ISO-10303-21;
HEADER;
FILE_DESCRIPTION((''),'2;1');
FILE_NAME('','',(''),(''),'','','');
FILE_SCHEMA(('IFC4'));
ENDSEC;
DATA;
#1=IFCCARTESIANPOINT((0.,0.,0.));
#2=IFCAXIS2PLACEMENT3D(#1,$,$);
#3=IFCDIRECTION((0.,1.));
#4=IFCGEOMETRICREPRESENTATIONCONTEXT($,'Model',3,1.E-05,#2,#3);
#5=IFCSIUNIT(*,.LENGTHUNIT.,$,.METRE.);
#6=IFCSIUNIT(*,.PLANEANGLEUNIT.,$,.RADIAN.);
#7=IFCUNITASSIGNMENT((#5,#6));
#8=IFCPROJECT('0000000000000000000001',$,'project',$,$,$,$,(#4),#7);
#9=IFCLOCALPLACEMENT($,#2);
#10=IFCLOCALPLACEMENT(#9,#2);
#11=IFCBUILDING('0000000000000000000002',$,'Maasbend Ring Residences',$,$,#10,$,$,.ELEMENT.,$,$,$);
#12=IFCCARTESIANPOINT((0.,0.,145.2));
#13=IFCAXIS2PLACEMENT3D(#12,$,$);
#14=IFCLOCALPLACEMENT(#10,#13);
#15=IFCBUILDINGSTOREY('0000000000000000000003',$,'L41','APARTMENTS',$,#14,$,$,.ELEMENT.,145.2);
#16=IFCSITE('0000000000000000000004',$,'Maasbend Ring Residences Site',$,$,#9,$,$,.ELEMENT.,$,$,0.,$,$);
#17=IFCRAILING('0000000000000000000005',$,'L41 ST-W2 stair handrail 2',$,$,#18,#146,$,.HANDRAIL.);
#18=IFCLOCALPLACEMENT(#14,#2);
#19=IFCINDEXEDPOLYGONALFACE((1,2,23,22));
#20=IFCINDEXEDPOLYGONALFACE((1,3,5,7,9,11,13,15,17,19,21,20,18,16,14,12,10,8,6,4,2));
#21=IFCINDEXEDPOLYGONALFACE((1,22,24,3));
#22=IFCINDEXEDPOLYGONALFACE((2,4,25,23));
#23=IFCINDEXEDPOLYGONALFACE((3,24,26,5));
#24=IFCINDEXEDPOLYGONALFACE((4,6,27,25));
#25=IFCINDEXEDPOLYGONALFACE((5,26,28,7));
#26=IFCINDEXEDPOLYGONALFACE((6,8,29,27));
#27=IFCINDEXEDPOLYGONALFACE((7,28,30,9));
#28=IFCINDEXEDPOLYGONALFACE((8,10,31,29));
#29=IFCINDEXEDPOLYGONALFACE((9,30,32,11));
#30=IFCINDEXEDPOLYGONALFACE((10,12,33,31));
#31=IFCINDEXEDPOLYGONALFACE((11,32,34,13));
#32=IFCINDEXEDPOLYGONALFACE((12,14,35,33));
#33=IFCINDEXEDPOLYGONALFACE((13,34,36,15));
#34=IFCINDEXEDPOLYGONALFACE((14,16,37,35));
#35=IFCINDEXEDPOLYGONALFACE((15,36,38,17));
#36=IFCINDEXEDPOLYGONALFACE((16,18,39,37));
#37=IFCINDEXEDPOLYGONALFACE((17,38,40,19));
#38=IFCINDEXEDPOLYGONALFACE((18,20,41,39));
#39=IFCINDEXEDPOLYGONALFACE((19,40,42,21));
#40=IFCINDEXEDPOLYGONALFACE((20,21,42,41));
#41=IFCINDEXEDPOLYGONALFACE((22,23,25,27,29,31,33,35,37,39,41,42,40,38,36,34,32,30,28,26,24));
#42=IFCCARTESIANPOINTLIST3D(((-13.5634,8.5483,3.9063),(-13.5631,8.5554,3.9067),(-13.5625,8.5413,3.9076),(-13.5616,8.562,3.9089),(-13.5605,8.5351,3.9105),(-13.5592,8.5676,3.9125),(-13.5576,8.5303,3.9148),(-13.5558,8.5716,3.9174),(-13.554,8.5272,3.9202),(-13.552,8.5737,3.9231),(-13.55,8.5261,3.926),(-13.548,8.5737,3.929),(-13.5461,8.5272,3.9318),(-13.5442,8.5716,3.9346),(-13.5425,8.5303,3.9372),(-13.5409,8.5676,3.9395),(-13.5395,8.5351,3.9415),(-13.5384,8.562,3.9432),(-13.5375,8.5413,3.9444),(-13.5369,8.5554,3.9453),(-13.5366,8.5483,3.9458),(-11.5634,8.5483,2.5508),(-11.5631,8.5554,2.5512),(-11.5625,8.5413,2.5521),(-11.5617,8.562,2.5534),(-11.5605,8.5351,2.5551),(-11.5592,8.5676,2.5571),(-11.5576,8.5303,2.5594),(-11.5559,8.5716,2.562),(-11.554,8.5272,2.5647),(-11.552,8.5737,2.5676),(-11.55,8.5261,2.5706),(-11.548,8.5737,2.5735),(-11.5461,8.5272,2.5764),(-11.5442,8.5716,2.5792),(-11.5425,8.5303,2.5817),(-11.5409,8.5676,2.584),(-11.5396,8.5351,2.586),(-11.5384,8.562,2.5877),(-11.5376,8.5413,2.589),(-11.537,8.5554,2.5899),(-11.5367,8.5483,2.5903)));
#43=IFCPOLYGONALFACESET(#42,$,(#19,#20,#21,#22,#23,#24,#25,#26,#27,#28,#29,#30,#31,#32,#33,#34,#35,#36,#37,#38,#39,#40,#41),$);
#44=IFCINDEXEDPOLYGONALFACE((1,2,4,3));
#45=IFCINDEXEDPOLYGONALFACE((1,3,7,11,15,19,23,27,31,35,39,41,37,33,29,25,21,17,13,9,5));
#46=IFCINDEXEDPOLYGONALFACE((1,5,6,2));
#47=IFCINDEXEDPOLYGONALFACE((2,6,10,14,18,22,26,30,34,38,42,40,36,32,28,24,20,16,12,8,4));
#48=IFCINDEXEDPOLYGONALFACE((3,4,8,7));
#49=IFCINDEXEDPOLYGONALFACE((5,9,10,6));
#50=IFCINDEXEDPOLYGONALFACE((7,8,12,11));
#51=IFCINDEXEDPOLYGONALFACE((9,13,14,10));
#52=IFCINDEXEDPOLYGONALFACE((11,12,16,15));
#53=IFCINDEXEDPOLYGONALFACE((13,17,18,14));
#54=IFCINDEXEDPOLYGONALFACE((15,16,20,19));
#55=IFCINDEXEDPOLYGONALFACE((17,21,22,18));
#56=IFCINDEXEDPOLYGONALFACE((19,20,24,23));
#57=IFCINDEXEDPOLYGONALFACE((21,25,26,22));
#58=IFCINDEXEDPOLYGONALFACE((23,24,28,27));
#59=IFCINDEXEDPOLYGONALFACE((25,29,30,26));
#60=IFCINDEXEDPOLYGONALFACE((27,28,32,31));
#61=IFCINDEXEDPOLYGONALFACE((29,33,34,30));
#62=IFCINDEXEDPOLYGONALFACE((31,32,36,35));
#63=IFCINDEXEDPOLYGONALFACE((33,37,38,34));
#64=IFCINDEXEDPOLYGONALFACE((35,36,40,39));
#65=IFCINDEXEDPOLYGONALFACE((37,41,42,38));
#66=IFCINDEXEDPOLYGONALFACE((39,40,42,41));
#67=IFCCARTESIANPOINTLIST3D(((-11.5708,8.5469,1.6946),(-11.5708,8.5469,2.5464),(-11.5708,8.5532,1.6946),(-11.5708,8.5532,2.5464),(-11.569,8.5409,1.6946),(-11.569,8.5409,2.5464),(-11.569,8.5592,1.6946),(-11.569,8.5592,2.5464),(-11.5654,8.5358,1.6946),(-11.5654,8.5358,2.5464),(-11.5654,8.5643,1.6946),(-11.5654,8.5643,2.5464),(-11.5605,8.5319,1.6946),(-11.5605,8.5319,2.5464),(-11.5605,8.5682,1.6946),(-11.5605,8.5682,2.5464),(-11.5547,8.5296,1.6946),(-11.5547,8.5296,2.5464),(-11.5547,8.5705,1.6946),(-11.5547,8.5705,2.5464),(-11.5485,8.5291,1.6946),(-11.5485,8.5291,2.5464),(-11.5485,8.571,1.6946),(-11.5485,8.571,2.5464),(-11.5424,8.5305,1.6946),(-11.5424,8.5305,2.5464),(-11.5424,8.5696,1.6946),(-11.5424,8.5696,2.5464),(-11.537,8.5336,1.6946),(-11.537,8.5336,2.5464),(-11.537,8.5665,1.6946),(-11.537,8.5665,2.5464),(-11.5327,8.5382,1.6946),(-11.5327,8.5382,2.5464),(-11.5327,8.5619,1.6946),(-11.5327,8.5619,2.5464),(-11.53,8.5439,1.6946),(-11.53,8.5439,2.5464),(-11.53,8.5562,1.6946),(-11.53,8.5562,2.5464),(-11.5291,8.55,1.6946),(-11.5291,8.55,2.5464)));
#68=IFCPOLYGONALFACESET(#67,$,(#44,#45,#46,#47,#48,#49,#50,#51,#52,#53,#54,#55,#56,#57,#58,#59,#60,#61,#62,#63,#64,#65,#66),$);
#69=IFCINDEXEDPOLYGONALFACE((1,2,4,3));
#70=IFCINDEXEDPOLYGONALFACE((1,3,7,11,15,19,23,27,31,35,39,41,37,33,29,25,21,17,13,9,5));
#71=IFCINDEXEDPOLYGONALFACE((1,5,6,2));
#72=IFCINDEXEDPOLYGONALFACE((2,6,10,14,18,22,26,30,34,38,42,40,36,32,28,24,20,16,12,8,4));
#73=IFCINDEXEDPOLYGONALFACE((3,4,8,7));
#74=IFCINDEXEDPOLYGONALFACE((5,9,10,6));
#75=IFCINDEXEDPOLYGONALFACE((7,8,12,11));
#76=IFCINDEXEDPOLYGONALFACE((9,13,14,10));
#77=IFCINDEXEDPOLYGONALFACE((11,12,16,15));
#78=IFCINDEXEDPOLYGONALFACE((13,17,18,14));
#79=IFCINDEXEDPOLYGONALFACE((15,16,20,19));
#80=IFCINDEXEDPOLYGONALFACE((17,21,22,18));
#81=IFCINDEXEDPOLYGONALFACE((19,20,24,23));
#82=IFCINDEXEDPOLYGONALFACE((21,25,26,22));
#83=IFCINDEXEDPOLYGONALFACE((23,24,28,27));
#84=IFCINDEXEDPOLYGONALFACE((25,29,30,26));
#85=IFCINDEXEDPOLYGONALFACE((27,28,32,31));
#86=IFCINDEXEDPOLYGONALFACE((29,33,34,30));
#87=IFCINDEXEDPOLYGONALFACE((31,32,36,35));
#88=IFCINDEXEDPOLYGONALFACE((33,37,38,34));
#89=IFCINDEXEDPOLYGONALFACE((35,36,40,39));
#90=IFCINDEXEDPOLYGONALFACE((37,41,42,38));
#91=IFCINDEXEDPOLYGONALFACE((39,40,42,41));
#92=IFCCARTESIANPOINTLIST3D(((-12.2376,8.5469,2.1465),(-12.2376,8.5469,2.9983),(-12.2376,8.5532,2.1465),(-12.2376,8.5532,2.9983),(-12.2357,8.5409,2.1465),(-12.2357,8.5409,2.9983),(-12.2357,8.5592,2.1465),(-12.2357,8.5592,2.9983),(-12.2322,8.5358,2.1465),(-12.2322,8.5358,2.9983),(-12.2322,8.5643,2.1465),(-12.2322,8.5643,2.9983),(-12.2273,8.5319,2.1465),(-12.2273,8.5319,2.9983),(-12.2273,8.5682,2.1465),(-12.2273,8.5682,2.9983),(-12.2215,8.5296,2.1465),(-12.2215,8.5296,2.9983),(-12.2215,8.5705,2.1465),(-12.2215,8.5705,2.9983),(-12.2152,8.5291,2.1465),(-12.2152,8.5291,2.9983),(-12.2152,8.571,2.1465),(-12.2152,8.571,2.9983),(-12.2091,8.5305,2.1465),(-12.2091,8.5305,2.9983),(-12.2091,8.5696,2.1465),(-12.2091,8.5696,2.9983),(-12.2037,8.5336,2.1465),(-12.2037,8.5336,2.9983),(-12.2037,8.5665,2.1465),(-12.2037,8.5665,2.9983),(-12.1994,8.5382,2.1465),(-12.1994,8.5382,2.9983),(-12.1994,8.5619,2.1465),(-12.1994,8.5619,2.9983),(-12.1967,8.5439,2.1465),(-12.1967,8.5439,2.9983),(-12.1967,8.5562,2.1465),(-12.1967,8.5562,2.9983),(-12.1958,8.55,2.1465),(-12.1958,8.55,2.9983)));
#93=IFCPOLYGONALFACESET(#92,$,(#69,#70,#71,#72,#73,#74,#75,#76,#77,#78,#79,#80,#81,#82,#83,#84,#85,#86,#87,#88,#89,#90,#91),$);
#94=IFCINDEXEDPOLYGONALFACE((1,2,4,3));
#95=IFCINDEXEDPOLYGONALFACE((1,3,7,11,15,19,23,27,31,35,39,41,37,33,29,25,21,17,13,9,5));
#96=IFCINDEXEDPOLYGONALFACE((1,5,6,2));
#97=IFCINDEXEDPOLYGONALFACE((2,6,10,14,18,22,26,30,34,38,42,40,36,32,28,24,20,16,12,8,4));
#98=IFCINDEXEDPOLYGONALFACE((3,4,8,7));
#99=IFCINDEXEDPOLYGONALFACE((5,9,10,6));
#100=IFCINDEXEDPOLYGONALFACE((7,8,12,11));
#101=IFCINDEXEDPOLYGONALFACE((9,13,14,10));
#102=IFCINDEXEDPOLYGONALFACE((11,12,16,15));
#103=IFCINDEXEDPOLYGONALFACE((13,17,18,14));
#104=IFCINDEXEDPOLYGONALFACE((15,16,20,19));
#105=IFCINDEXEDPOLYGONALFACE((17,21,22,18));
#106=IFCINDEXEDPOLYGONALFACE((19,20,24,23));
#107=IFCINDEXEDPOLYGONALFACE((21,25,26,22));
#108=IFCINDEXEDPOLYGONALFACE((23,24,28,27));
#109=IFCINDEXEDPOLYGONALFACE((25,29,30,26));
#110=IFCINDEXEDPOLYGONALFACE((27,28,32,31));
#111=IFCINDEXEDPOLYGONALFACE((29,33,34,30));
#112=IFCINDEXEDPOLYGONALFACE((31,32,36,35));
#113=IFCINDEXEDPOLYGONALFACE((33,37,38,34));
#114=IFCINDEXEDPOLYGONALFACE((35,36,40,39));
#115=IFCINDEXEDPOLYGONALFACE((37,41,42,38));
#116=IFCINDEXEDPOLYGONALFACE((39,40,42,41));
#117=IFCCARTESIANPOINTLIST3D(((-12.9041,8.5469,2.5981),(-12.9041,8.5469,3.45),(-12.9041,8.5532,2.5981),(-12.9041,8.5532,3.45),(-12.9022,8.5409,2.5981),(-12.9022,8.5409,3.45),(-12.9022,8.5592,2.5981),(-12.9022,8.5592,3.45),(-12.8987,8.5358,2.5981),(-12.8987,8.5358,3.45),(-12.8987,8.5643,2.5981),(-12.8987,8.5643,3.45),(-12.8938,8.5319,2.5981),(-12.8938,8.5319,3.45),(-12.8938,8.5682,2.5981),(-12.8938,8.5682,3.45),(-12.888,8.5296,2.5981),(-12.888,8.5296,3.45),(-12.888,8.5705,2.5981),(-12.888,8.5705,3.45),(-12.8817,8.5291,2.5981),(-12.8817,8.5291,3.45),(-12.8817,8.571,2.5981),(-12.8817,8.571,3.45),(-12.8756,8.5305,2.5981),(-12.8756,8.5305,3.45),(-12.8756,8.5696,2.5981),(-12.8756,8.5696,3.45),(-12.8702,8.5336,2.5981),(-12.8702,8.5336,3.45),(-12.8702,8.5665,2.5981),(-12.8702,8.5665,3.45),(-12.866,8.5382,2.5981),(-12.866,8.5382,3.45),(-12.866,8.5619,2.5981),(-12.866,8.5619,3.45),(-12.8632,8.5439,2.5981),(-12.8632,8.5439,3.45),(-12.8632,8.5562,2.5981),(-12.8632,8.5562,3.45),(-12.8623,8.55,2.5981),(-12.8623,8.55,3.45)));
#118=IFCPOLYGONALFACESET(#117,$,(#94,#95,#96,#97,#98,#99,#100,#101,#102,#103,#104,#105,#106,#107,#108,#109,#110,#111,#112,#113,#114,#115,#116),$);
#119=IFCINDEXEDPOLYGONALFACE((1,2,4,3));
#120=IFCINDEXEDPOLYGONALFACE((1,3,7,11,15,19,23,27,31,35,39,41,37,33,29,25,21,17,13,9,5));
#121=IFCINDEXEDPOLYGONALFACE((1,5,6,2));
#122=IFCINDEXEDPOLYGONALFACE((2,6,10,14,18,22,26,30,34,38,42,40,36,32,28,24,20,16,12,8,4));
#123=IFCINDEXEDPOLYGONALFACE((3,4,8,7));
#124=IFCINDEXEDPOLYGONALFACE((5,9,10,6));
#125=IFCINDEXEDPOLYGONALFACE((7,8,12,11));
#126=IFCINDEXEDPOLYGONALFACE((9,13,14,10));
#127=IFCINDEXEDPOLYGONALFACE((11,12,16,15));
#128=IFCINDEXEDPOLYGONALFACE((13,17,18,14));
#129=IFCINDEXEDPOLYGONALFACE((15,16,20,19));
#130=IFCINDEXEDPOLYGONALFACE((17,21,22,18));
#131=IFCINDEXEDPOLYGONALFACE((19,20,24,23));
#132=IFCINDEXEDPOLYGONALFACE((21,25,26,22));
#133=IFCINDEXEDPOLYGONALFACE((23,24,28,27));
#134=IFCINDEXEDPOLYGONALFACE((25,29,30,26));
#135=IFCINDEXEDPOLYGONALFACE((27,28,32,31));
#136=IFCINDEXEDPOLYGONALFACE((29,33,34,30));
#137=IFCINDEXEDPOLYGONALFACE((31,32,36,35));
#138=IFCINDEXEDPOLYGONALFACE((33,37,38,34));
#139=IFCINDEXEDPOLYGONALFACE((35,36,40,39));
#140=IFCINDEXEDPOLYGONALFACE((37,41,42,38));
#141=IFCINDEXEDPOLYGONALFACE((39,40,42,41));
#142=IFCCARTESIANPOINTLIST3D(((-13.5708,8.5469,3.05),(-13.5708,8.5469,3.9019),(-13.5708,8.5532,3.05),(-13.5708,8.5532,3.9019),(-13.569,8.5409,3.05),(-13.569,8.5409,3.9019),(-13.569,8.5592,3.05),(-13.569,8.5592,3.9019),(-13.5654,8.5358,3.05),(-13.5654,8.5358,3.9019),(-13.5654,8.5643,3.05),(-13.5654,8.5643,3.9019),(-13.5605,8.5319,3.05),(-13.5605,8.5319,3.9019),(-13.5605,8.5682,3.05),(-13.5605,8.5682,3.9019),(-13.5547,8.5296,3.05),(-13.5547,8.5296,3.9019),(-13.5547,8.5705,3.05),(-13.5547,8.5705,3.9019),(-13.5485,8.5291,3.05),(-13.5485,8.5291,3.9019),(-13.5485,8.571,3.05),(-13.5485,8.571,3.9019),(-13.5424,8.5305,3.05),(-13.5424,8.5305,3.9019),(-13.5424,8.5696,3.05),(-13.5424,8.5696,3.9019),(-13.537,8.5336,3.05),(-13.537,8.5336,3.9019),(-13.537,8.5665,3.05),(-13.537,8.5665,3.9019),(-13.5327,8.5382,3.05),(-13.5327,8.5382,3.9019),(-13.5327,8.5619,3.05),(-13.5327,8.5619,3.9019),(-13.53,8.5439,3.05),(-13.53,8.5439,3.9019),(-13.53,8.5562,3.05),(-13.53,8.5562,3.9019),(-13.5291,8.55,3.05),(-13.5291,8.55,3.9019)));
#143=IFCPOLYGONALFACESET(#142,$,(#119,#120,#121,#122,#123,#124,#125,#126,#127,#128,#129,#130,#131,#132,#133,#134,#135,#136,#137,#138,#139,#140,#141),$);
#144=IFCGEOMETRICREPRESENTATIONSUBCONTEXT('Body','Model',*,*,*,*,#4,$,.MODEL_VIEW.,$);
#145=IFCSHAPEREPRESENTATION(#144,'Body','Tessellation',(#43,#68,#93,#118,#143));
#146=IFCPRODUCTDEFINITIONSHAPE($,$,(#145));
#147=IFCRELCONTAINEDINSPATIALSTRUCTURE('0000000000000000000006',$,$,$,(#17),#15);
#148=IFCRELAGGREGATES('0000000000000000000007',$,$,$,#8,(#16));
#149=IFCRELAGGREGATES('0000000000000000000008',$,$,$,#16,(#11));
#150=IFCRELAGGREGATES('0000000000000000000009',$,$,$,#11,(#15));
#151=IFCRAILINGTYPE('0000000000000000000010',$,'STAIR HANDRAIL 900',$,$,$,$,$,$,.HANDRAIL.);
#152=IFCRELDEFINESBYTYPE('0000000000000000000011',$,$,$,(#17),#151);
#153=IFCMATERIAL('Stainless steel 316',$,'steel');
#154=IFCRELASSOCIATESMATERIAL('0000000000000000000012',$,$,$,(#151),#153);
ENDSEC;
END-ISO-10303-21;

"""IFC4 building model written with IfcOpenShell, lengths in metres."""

from ifc_helpers import new_model, si_unit, direction, frame, origin, origin_2d, place, context, subcontext, project, spatial, circle, extrude, material, type_object, element, save


model = new_model("IFC4")

# Units and contexts
model_context = context("Model", 3, precision=1e-05, world=origin(), true_north=direction((0.0, 1.0)))
body_context = subcontext(model_context, "Body", "Model", "MODEL_VIEW")
ifc_project = project(units=[si_unit("LENGTHUNIT", "METRE"), si_unit("PLANEANGLEUNIT", "RADIAN")], contexts=[model_context])

# Site, building, storey
site_placement = place(None, origin())
site = spatial("IfcSite", under=ifc_project, at=site_placement, Name="Maasbend Ring Residences Site", CompositionType="ELEMENT", RefElevation=0.0)
building_placement = place(site_placement, origin())
building = spatial("IfcBuilding", under=site, at=building_placement, Name="Maasbend Ring Residences", CompositionType="ELEMENT")
storey_placement = place(building_placement, frame((0.0, 0.0, 145.2)))
storey = spatial("IfcBuildingStorey", under=building, at=storey_placement, Name="L41", Description="APARTMENTS", CompositionType="ELEMENT", Elevation=145.2)

# Railing
ifc_material_1 = material(Name="Stainless steel 316", Category="steel")
railing_type_1 = type_object("IfcRailingType", Name="STAIR HANDRAIL 900", PredefinedType="HANDRAIL", material=ifc_material_1)
railing_1_placement = place(storey_placement, frame((-11.55, 8.55, 1.6946)))
element("IfcRailing", 1, at=railing_1_placement, inside=storey, type_object=railing_type_1, Name="L41 ST-W2 stair handrail 2", PredefinedType="HANDRAIL", context=body_context, shape_type="SweptSolid", body=[
    extrude(circle(Radius=0.0239, at=origin_2d()), frame((0.0, 0.0, 0.876), z_axis=(-0.827798, 0.0, 0.561027), x_axis=(0.0, -1.0, 0.0)), (0.0, 0.0, 1.0), 2.416),
    extrude(circle(Radius=0.021, at=origin_2d()), origin(), (0.0, 0.0, 1.0), 0.8518),
    extrude(circle(Radius=0.021, at=origin_2d()), frame((-0.6667, 0.0, 0.4519)), (0.0, 0.0, 1.0), 0.8518),
    extrude(circle(Radius=0.021, at=origin_2d()), frame((-1.3333, 0.0, 0.9036)), (0.0, 0.0, 1.0), 0.8518),
    extrude(circle(Radius=0.021, at=origin_2d()), frame((-2.0, 0.0, 1.3555)), (0.0, 0.0, 1.0), 0.8518),
])

save(model, "model.ifc")
